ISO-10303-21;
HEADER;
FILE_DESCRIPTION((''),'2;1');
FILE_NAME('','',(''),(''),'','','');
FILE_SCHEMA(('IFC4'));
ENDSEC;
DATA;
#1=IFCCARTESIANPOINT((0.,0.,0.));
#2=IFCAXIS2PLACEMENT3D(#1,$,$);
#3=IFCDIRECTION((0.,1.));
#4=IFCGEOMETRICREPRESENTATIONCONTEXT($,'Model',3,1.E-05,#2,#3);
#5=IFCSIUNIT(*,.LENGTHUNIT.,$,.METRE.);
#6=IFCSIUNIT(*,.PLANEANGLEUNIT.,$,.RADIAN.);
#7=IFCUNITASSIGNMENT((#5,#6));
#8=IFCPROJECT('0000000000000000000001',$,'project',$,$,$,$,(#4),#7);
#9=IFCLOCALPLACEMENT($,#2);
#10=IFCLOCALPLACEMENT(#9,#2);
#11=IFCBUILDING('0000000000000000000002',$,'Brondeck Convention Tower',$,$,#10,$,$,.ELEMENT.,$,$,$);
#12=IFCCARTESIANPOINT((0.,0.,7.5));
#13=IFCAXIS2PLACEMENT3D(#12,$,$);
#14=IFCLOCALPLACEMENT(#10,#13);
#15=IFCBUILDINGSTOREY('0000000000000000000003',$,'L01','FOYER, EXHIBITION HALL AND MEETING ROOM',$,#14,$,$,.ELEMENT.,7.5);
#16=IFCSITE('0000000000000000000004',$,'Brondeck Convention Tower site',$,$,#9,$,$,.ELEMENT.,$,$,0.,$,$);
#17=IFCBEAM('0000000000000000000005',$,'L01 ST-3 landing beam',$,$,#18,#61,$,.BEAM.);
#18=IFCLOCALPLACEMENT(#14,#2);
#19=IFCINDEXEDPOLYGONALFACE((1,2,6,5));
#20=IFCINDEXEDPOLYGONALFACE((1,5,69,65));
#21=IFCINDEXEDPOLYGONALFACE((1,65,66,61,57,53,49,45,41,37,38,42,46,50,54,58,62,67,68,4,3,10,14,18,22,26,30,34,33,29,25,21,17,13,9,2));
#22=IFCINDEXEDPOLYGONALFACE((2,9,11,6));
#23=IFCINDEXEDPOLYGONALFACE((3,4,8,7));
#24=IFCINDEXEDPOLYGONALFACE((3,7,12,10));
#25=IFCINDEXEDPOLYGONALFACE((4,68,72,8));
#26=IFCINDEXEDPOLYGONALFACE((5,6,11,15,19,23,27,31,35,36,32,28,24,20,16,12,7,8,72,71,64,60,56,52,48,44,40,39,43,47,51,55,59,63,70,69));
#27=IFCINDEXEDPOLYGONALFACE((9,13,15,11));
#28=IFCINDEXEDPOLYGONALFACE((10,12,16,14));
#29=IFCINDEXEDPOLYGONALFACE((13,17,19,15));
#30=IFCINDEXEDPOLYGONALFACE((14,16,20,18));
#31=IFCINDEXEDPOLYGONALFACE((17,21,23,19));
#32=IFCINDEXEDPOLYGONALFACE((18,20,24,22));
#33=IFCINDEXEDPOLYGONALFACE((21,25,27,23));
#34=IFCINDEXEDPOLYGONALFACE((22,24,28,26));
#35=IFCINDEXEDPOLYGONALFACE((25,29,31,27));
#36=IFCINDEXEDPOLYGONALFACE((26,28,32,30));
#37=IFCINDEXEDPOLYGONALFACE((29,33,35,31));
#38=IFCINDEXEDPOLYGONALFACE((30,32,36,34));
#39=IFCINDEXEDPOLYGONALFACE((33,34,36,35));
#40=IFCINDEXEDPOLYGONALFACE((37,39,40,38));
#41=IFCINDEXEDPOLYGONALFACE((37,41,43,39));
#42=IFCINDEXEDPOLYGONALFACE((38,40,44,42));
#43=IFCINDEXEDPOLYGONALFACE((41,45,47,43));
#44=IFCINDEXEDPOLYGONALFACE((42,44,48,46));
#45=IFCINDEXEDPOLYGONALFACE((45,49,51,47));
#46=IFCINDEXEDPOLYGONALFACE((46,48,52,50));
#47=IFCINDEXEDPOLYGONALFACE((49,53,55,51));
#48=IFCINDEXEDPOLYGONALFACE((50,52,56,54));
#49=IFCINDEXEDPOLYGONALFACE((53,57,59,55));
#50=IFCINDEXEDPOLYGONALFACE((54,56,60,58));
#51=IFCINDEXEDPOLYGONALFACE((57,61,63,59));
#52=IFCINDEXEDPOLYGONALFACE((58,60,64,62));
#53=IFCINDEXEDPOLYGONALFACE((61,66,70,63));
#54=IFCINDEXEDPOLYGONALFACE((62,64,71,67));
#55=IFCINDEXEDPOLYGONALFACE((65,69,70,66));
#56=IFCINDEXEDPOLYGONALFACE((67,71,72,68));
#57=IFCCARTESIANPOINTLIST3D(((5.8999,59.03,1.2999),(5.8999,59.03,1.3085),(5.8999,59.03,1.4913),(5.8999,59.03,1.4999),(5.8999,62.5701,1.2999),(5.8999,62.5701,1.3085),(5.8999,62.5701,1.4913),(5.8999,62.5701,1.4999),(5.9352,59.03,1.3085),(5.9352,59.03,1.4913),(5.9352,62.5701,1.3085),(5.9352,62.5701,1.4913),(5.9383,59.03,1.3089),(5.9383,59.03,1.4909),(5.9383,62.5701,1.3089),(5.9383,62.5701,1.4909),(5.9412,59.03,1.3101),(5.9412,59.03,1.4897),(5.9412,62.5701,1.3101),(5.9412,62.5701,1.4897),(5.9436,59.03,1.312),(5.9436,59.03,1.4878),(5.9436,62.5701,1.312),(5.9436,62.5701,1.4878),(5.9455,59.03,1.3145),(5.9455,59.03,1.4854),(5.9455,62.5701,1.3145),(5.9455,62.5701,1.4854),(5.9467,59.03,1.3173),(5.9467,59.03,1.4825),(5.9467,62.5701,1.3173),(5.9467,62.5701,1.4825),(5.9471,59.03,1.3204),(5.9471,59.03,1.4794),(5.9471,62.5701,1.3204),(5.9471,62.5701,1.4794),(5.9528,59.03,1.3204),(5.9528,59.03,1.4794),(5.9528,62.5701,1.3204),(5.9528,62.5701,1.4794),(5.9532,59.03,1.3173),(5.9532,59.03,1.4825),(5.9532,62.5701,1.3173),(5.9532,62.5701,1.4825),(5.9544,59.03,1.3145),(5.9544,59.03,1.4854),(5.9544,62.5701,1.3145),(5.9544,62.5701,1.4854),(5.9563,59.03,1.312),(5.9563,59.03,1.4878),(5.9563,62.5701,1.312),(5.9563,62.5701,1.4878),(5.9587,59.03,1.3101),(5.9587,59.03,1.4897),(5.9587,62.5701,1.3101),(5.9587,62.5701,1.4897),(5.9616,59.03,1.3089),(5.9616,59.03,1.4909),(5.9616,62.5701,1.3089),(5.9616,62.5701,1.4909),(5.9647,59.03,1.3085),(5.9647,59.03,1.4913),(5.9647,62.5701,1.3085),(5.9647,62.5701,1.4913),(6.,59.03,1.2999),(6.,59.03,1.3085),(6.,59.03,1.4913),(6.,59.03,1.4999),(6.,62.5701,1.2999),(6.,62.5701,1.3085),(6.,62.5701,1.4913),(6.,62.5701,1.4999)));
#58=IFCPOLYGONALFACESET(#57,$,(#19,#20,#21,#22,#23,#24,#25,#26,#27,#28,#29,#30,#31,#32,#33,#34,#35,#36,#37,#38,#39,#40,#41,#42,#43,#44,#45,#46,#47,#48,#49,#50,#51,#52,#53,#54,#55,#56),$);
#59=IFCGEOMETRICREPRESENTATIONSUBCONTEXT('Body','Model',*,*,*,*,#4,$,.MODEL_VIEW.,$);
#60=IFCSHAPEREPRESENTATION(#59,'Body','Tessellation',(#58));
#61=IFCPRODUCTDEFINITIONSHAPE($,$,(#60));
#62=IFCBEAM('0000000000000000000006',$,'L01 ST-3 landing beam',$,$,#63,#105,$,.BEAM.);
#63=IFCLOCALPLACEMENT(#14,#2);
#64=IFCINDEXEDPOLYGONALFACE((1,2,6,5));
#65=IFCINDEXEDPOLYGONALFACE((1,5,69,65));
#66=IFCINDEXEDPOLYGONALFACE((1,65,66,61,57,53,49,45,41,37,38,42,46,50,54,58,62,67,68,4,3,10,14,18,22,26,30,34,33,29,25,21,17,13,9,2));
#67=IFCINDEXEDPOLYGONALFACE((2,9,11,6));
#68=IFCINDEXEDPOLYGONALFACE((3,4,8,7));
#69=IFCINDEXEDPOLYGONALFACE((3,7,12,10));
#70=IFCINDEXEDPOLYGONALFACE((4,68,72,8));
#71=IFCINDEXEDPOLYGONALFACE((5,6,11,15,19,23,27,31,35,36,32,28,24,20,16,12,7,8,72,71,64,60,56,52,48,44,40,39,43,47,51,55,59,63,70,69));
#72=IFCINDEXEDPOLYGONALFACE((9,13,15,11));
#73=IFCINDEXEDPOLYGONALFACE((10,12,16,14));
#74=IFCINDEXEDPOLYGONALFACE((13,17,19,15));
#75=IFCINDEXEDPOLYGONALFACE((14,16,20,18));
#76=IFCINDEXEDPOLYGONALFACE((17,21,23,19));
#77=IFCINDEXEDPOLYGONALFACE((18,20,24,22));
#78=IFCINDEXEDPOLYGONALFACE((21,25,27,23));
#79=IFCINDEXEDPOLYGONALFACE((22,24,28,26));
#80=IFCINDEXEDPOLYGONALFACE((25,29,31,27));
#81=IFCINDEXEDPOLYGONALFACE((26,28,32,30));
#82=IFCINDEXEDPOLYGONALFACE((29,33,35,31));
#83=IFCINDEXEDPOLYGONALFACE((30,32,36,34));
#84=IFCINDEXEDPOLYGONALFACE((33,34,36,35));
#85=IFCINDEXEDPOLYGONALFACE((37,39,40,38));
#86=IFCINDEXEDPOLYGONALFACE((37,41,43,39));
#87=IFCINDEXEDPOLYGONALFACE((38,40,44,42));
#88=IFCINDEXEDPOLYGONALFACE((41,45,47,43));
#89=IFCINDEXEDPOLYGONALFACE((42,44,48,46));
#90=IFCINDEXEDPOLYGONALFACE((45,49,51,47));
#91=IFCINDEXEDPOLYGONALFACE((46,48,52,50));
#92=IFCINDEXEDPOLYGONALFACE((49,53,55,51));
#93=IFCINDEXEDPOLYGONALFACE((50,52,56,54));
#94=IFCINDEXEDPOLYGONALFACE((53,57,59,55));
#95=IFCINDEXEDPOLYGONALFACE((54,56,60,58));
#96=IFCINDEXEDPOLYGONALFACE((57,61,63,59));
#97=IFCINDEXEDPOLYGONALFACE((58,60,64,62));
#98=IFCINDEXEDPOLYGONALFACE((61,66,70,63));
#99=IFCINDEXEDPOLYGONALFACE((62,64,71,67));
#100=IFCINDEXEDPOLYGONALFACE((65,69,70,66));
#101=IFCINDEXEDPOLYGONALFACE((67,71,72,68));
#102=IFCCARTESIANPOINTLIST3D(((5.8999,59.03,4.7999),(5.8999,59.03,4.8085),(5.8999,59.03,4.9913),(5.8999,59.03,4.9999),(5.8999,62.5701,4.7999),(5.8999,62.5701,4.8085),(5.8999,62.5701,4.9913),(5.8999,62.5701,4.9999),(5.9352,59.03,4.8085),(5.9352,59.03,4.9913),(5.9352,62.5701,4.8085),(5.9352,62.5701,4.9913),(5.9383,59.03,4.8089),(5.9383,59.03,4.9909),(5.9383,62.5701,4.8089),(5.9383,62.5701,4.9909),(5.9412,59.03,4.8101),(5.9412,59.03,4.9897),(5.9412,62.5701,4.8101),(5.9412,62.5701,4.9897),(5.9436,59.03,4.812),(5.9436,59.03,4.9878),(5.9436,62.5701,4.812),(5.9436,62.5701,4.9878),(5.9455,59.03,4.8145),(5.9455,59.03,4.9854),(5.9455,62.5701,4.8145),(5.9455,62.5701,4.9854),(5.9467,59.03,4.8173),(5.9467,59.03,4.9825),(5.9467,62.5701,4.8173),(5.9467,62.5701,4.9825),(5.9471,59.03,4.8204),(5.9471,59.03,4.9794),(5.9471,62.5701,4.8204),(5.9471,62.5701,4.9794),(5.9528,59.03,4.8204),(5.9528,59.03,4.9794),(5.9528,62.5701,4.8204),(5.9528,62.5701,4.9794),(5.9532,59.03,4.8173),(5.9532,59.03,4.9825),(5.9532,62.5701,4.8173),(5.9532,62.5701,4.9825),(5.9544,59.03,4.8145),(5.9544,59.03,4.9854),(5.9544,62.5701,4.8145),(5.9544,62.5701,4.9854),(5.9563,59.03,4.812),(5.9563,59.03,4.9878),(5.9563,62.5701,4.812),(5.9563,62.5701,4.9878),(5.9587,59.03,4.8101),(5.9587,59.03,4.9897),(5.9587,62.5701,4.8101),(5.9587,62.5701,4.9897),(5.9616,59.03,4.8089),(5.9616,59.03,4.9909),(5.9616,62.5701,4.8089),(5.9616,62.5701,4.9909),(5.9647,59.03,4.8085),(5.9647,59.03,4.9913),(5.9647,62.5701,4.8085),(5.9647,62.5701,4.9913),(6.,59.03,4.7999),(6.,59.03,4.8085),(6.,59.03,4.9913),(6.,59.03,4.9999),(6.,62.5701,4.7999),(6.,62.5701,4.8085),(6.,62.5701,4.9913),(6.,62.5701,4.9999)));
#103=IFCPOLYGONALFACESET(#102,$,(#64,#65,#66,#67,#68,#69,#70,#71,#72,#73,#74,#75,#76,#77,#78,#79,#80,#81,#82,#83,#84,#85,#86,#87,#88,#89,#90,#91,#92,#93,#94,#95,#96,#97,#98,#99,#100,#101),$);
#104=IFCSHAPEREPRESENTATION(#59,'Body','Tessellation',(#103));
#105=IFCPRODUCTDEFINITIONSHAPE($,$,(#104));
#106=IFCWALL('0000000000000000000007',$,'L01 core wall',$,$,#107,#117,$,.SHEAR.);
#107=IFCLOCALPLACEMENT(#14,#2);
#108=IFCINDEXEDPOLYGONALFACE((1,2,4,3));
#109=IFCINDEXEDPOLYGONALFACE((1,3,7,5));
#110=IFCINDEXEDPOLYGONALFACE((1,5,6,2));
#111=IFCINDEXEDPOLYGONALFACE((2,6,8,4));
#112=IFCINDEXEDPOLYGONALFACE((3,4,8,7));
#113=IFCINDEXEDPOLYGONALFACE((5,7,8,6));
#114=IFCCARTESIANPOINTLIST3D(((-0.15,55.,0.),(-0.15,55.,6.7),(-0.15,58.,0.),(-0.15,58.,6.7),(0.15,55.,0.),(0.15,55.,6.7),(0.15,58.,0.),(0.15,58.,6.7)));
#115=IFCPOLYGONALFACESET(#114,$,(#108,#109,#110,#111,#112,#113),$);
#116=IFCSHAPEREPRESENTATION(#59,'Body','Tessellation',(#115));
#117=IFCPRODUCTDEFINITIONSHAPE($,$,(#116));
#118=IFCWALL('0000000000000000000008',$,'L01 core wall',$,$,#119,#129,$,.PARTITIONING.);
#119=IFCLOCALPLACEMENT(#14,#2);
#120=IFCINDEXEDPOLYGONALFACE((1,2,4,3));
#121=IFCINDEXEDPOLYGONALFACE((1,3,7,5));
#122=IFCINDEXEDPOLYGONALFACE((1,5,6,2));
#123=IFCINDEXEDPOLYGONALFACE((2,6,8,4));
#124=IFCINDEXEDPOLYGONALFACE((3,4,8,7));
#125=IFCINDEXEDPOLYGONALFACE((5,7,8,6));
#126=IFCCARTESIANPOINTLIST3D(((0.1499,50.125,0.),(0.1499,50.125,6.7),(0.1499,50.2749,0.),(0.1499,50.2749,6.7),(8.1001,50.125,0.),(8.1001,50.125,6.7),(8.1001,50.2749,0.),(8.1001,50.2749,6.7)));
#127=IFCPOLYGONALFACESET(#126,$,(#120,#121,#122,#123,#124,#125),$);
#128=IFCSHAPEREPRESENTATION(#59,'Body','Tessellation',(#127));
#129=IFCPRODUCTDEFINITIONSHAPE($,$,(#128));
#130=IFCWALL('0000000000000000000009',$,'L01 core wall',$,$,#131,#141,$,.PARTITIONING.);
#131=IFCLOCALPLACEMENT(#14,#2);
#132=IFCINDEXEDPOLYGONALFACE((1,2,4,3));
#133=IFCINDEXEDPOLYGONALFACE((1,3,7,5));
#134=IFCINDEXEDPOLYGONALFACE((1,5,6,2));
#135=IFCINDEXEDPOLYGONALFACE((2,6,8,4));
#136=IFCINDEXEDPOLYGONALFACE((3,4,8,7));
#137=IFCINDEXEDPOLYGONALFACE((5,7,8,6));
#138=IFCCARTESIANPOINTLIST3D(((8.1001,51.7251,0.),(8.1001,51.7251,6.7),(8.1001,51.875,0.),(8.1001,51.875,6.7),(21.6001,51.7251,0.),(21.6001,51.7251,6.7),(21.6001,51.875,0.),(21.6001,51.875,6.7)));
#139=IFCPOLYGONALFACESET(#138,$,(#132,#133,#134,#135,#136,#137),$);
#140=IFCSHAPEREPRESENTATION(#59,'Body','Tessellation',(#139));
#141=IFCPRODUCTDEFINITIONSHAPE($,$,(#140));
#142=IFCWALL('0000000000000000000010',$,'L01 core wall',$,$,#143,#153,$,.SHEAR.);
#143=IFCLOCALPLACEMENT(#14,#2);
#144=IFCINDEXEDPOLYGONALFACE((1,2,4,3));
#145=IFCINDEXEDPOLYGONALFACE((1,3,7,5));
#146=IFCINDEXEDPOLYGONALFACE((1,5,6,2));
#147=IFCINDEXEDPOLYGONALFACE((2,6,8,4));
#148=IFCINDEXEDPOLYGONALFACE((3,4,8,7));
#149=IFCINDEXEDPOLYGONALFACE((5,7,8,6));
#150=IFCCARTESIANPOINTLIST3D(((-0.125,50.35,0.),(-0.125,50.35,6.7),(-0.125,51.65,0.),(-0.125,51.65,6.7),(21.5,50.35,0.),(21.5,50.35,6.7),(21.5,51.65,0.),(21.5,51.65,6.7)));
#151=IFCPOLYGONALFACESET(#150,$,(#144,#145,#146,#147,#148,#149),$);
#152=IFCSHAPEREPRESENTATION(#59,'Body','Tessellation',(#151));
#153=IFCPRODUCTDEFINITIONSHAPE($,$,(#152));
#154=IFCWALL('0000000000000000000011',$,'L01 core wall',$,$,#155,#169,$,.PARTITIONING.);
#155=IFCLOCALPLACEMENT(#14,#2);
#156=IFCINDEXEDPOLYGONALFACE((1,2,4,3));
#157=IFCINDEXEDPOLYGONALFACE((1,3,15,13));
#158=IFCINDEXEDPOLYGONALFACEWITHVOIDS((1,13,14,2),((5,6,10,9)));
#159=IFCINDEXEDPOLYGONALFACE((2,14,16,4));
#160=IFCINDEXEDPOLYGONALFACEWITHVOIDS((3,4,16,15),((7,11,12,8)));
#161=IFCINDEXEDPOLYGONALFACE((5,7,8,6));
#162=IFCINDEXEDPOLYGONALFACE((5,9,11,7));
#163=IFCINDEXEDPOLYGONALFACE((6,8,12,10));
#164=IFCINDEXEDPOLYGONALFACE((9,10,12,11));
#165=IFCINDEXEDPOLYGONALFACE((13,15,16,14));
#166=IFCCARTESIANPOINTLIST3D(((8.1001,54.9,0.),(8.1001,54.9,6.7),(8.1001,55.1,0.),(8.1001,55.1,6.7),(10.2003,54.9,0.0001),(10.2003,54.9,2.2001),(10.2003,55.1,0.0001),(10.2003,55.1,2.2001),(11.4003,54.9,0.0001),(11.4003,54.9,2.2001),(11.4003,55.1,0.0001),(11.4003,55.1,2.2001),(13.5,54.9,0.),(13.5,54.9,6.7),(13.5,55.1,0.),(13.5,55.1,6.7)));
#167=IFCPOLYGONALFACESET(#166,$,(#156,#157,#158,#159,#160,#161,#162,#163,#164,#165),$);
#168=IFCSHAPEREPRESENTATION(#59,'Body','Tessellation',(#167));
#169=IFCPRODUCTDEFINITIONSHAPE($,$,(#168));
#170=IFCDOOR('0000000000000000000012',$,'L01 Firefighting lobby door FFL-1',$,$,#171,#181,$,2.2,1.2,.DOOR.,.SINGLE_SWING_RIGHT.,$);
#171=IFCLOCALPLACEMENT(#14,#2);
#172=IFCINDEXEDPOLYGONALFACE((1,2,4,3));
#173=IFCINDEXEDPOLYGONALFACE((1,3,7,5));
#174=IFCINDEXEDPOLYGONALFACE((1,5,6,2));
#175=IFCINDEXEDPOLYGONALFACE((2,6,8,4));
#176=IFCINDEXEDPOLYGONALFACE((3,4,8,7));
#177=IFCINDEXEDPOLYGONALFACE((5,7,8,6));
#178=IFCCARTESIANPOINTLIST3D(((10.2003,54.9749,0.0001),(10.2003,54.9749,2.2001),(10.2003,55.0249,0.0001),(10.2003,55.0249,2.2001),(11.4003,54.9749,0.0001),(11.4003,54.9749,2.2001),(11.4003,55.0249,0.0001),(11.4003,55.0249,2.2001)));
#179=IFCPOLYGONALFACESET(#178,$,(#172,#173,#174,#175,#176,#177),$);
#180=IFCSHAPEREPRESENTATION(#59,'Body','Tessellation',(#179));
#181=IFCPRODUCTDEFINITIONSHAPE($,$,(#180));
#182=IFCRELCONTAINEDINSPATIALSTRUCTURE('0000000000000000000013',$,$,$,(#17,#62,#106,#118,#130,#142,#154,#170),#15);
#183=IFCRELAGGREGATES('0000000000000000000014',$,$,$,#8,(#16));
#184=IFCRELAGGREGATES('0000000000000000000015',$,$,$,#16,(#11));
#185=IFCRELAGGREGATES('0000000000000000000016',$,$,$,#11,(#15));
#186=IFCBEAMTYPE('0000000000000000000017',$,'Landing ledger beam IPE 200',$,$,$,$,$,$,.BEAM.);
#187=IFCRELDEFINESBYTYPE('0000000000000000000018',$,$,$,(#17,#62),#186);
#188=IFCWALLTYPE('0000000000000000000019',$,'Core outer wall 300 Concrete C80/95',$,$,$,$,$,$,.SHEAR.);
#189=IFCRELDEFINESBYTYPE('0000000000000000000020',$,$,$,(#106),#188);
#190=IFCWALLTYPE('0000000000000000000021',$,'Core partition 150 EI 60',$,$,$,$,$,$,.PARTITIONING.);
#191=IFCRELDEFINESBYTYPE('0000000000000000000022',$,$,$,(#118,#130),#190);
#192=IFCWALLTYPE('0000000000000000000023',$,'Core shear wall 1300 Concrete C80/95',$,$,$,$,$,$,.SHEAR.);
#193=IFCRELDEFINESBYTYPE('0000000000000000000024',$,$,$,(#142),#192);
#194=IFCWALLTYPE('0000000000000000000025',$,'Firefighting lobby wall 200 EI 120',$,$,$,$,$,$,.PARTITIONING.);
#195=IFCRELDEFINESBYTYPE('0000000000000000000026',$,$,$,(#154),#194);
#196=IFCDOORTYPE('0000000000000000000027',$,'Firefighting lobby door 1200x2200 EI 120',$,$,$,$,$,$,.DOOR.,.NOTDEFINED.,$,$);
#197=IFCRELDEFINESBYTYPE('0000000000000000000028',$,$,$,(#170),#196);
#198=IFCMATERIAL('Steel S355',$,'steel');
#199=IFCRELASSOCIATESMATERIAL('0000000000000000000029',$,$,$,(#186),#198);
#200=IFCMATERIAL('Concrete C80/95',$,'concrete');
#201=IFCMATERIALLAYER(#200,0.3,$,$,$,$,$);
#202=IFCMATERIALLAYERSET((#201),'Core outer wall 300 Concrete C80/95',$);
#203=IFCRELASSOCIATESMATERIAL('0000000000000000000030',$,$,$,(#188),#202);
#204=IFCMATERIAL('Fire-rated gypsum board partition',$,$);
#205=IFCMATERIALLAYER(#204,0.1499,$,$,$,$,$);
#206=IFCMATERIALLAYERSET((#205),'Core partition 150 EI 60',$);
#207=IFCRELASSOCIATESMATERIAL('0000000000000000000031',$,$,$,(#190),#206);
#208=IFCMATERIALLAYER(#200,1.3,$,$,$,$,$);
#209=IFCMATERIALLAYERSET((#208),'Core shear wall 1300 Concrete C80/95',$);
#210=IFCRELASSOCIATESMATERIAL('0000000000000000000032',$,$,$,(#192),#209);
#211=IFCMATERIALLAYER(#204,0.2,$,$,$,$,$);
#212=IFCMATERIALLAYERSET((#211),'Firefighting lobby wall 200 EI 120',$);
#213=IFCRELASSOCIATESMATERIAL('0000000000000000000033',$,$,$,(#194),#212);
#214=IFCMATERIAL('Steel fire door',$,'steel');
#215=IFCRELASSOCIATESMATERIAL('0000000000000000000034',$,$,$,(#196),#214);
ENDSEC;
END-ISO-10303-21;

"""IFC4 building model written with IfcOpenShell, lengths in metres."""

from ifc_helpers import new_model, si_unit, direction, frame, frame_2d, origin, origin_2d, place, context, subcontext, project, spatial, rectangle, i_section, extrude, material, layer, layer_set, material_profile, profile_set, type_object, element, fill, save


model = new_model("IFC4")

# Units and contexts
model_context = context("Model", 3, precision=1e-05, world=origin(), true_north=direction((0.0, 1.0)))
body_context = subcontext(model_context, "Body", "Model", "MODEL_VIEW")
ifc_project = project(units=[si_unit("LENGTHUNIT", "METRE"), si_unit("PLANEANGLEUNIT", "RADIAN")], contexts=[model_context])

# Site, building, storey
site_placement = place(None, origin())
site = spatial("IfcSite", under=ifc_project, at=site_placement, Name="Brondeck Convention Tower site", CompositionType="ELEMENT", RefElevation=0.0)
building_placement = place(site_placement, origin())
building = spatial("IfcBuilding", under=site, at=building_placement, Name="Brondeck Convention Tower", CompositionType="ELEMENT")
storey_placement = place(building_placement, frame((0.0, 0.0, 7.5)))
storey = spatial("IfcBuildingStorey", under=building, at=storey_placement, Name="L01", Description="FOYER, EXHIBITION HALL AND MEETING ROOM", CompositionType="ELEMENT", Elevation=7.5)

# Shared definitions
ifc_material_1 = material(Name="Concrete C80/95", Category="concrete")

# Beams
ifc_material_2 = material(Name="Steel S355", Category="steel")
ifc_material_profile_1 = material_profile(ifc_material_2, i_section(OverallWidth=0.1001, OverallDepth=0.2, WebThickness=0.0056, FlangeThickness=0.0085, FilletRadius=0.012, at=origin_2d()), Name="IPE200")
ifc_profile_set_1 = profile_set([ifc_material_profile_1], Name="Steel S355")
beam_type_1 = type_object("IfcBeamType", Name="Landing ledger beam IPE 200", PredefinedType="BEAM", material=ifc_profile_set_1)
for number, where, z_axis, x_axis, name in (
    (1, (5.95, 62.5701, 1.3999), (0.0, -1.0, 0.0), (1.0, 0.0, 0.0), "L01 ST-3 landing beam"),
    (2, (5.95, 62.5701, 4.8999), (0.0, -1.0, 0.0), (1.0, 0.0, 0.0), "L01 ST-3 landing beam"),
):
    element("IfcBeam", number, at=place(storey_placement, frame(where, z_axis=z_axis, x_axis=x_axis)), inside=storey, type_object=beam_type_1, Name=name, PredefinedType="BEAM", context=body_context, shape_type="SweptSolid", body=[
        extrude(i_section(OverallWidth=0.1001, OverallDepth=0.2, WebThickness=0.0056, FlangeThickness=0.0085, FilletRadius=0.012, at=origin_2d()), origin(), (0.0, 0.0, 1.0), 3.54),
    ])

# Walls
ifc_layer_1 = layer(ifc_material_1, 0.3)
ifc_layer_set_1 = layer_set([ifc_layer_1], Name="Core outer wall 300 Concrete C80/95")
wall_type_1 = type_object("IfcWallType", Name="Core outer wall 300 Concrete C80/95", PredefinedType="SHEAR", material=ifc_layer_set_1)
wall_1_placement = place(storey_placement, frame((0.0, 55.0, 0.0), z_axis=(0.0, 0.0, 1.0), x_axis=(0.0, 1.0, 0.0)))
element("IfcWall", 3, at=wall_1_placement, inside=storey, type_object=wall_type_1, Name="L01 core wall", PredefinedType="SHEAR", context=body_context, shape_type="SweptSolid", body=[
    extrude(rectangle(XDim=3.0, YDim=0.3, at=frame_2d((1.5, 0.0))), origin(), (0.0, 0.0, 1.0), 6.7),
])
ifc_material_3 = material(Name="Fire-rated gypsum board partition")
ifc_layer_2 = layer(ifc_material_3, 0.1499)
ifc_layer_set_2 = layer_set([ifc_layer_2], Name="Core partition 150 EI 60")
wall_type_2 = type_object("IfcWallType", Name="Core partition 150 EI 60", PredefinedType="PARTITIONING", material=ifc_layer_set_2)
wall_2_placement = place(storey_placement, frame((0.1499, 50.2, 0.0), z_axis=(0.0, 0.0, 1.0), x_axis=(1.0, 0.0, 0.0)))
element("IfcWall", 4, at=wall_2_placement, inside=storey, type_object=wall_type_2, Name="L01 core wall", PredefinedType="PARTITIONING", context=body_context, shape_type="SweptSolid", body=[
    extrude(rectangle(XDim=7.9502, YDim=0.1499, at=frame_2d((3.9751, 0.0))), origin(), (0.0, 0.0, 1.0), 6.7),
])
wall_3_placement = place(storey_placement, frame((8.1001, 51.8, 0.0), z_axis=(0.0, 0.0, 1.0), x_axis=(1.0, 0.0, 0.0)))
element("IfcWall", 5, at=wall_3_placement, inside=storey, type_object=wall_type_2, Name="L01 core wall", PredefinedType="PARTITIONING", context=body_context, shape_type="SweptSolid", body=[
    extrude(rectangle(XDim=13.5, YDim=0.1499, at=frame_2d((6.75, 0.0))), origin(), (0.0, 0.0, 1.0), 6.7),
])
ifc_layer_3 = layer(ifc_material_1, 1.3)
ifc_layer_set_3 = layer_set([ifc_layer_3], Name="Core shear wall 1300 Concrete C80/95")
wall_type_3 = type_object("IfcWallType", Name="Core shear wall 1300 Concrete C80/95", PredefinedType="SHEAR", material=ifc_layer_set_3)
wall_4_placement = place(storey_placement, frame((-0.125, 51.0, 0.0), z_axis=(0.0, 0.0, 1.0), x_axis=(1.0, 0.0, 0.0)))
element("IfcWall", 6, at=wall_4_placement, inside=storey, type_object=wall_type_3, Name="L01 core wall", PredefinedType="SHEAR", context=body_context, shape_type="SweptSolid", body=[
    extrude(rectangle(XDim=21.625, YDim=1.3, at=frame_2d((10.8125, 0.0))), origin(), (0.0, 0.0, 1.0), 6.7),
])

# Wall, opening, door
ifc_layer_4 = layer(ifc_material_3, 0.2)
ifc_layer_set_4 = layer_set([ifc_layer_4], Name="Firefighting lobby wall 200 EI 120")
wall_type_4 = type_object("IfcWallType", Name="Firefighting lobby wall 200 EI 120", PredefinedType="PARTITIONING", material=ifc_layer_set_4)
wall_5_placement = place(storey_placement, frame((8.1001, 55.0, 0.0), z_axis=(0.0, 0.0, 1.0), x_axis=(1.0, 0.0, 0.0)))
wall_5 = element("IfcWall", 7, at=wall_5_placement, inside=storey, type_object=wall_type_4, Name="L01 core wall", PredefinedType="PARTITIONING", context=body_context, shape_type="SweptSolid", body=[
    extrude(rectangle(XDim=5.3999, YDim=0.2, at=frame_2d((2.7, 0.0))), origin(), (0.0, 0.0, 1.0), 6.7),
])
opening_1_placement = place(wall_5_placement, frame((2.1001, 0.0, 0.0)))
opening_1 = element("IfcOpeningElement", 8, at=opening_1_placement, cuts=wall_5, PredefinedType="OPENING", context=body_context, shape_type="SweptSolid", body=[
    extrude(rectangle(XDim=1.2, YDim=2.2, at=frame_2d((0.6001, 1.1001))), frame((0.0, 0.1099, 0.0), z_axis=(0.0, -1.0, 0.0), x_axis=(1.0, 0.0, 0.0)), (0.0, 0.0, 1.0), 0.22),
])
ifc_material_4 = material(Name="Steel fire door", Category="steel")
door_type_1 = type_object("IfcDoorType", Name="Firefighting lobby door 1200x2200 EI 120", OperationType="NOTDEFINED", PredefinedType="DOOR", material=ifc_material_4)
door_1_placement = place(opening_1_placement, origin())
door_1 = element("IfcDoor", 9, at=door_1_placement, inside=storey, type_object=door_type_1, Name="L01 Firefighting lobby door FFL-1", OperationType="SINGLE_SWING_RIGHT", OverallHeight=2.2, OverallWidth=1.2, PredefinedType="DOOR", context=body_context, shape_type="SweptSolid", body=[
    extrude(rectangle(XDim=1.2, YDim=2.2, at=frame_2d((0.6001, 1.1001))), frame((0.0, 0.0249, 0.0), z_axis=(0.0, -1.0, 0.0), x_axis=(1.0, 0.0, 0.0)), (0.0, 0.0, 1.0), 0.05),
])
fill(opening_1, door_1)

save(model, "model.ifc")
